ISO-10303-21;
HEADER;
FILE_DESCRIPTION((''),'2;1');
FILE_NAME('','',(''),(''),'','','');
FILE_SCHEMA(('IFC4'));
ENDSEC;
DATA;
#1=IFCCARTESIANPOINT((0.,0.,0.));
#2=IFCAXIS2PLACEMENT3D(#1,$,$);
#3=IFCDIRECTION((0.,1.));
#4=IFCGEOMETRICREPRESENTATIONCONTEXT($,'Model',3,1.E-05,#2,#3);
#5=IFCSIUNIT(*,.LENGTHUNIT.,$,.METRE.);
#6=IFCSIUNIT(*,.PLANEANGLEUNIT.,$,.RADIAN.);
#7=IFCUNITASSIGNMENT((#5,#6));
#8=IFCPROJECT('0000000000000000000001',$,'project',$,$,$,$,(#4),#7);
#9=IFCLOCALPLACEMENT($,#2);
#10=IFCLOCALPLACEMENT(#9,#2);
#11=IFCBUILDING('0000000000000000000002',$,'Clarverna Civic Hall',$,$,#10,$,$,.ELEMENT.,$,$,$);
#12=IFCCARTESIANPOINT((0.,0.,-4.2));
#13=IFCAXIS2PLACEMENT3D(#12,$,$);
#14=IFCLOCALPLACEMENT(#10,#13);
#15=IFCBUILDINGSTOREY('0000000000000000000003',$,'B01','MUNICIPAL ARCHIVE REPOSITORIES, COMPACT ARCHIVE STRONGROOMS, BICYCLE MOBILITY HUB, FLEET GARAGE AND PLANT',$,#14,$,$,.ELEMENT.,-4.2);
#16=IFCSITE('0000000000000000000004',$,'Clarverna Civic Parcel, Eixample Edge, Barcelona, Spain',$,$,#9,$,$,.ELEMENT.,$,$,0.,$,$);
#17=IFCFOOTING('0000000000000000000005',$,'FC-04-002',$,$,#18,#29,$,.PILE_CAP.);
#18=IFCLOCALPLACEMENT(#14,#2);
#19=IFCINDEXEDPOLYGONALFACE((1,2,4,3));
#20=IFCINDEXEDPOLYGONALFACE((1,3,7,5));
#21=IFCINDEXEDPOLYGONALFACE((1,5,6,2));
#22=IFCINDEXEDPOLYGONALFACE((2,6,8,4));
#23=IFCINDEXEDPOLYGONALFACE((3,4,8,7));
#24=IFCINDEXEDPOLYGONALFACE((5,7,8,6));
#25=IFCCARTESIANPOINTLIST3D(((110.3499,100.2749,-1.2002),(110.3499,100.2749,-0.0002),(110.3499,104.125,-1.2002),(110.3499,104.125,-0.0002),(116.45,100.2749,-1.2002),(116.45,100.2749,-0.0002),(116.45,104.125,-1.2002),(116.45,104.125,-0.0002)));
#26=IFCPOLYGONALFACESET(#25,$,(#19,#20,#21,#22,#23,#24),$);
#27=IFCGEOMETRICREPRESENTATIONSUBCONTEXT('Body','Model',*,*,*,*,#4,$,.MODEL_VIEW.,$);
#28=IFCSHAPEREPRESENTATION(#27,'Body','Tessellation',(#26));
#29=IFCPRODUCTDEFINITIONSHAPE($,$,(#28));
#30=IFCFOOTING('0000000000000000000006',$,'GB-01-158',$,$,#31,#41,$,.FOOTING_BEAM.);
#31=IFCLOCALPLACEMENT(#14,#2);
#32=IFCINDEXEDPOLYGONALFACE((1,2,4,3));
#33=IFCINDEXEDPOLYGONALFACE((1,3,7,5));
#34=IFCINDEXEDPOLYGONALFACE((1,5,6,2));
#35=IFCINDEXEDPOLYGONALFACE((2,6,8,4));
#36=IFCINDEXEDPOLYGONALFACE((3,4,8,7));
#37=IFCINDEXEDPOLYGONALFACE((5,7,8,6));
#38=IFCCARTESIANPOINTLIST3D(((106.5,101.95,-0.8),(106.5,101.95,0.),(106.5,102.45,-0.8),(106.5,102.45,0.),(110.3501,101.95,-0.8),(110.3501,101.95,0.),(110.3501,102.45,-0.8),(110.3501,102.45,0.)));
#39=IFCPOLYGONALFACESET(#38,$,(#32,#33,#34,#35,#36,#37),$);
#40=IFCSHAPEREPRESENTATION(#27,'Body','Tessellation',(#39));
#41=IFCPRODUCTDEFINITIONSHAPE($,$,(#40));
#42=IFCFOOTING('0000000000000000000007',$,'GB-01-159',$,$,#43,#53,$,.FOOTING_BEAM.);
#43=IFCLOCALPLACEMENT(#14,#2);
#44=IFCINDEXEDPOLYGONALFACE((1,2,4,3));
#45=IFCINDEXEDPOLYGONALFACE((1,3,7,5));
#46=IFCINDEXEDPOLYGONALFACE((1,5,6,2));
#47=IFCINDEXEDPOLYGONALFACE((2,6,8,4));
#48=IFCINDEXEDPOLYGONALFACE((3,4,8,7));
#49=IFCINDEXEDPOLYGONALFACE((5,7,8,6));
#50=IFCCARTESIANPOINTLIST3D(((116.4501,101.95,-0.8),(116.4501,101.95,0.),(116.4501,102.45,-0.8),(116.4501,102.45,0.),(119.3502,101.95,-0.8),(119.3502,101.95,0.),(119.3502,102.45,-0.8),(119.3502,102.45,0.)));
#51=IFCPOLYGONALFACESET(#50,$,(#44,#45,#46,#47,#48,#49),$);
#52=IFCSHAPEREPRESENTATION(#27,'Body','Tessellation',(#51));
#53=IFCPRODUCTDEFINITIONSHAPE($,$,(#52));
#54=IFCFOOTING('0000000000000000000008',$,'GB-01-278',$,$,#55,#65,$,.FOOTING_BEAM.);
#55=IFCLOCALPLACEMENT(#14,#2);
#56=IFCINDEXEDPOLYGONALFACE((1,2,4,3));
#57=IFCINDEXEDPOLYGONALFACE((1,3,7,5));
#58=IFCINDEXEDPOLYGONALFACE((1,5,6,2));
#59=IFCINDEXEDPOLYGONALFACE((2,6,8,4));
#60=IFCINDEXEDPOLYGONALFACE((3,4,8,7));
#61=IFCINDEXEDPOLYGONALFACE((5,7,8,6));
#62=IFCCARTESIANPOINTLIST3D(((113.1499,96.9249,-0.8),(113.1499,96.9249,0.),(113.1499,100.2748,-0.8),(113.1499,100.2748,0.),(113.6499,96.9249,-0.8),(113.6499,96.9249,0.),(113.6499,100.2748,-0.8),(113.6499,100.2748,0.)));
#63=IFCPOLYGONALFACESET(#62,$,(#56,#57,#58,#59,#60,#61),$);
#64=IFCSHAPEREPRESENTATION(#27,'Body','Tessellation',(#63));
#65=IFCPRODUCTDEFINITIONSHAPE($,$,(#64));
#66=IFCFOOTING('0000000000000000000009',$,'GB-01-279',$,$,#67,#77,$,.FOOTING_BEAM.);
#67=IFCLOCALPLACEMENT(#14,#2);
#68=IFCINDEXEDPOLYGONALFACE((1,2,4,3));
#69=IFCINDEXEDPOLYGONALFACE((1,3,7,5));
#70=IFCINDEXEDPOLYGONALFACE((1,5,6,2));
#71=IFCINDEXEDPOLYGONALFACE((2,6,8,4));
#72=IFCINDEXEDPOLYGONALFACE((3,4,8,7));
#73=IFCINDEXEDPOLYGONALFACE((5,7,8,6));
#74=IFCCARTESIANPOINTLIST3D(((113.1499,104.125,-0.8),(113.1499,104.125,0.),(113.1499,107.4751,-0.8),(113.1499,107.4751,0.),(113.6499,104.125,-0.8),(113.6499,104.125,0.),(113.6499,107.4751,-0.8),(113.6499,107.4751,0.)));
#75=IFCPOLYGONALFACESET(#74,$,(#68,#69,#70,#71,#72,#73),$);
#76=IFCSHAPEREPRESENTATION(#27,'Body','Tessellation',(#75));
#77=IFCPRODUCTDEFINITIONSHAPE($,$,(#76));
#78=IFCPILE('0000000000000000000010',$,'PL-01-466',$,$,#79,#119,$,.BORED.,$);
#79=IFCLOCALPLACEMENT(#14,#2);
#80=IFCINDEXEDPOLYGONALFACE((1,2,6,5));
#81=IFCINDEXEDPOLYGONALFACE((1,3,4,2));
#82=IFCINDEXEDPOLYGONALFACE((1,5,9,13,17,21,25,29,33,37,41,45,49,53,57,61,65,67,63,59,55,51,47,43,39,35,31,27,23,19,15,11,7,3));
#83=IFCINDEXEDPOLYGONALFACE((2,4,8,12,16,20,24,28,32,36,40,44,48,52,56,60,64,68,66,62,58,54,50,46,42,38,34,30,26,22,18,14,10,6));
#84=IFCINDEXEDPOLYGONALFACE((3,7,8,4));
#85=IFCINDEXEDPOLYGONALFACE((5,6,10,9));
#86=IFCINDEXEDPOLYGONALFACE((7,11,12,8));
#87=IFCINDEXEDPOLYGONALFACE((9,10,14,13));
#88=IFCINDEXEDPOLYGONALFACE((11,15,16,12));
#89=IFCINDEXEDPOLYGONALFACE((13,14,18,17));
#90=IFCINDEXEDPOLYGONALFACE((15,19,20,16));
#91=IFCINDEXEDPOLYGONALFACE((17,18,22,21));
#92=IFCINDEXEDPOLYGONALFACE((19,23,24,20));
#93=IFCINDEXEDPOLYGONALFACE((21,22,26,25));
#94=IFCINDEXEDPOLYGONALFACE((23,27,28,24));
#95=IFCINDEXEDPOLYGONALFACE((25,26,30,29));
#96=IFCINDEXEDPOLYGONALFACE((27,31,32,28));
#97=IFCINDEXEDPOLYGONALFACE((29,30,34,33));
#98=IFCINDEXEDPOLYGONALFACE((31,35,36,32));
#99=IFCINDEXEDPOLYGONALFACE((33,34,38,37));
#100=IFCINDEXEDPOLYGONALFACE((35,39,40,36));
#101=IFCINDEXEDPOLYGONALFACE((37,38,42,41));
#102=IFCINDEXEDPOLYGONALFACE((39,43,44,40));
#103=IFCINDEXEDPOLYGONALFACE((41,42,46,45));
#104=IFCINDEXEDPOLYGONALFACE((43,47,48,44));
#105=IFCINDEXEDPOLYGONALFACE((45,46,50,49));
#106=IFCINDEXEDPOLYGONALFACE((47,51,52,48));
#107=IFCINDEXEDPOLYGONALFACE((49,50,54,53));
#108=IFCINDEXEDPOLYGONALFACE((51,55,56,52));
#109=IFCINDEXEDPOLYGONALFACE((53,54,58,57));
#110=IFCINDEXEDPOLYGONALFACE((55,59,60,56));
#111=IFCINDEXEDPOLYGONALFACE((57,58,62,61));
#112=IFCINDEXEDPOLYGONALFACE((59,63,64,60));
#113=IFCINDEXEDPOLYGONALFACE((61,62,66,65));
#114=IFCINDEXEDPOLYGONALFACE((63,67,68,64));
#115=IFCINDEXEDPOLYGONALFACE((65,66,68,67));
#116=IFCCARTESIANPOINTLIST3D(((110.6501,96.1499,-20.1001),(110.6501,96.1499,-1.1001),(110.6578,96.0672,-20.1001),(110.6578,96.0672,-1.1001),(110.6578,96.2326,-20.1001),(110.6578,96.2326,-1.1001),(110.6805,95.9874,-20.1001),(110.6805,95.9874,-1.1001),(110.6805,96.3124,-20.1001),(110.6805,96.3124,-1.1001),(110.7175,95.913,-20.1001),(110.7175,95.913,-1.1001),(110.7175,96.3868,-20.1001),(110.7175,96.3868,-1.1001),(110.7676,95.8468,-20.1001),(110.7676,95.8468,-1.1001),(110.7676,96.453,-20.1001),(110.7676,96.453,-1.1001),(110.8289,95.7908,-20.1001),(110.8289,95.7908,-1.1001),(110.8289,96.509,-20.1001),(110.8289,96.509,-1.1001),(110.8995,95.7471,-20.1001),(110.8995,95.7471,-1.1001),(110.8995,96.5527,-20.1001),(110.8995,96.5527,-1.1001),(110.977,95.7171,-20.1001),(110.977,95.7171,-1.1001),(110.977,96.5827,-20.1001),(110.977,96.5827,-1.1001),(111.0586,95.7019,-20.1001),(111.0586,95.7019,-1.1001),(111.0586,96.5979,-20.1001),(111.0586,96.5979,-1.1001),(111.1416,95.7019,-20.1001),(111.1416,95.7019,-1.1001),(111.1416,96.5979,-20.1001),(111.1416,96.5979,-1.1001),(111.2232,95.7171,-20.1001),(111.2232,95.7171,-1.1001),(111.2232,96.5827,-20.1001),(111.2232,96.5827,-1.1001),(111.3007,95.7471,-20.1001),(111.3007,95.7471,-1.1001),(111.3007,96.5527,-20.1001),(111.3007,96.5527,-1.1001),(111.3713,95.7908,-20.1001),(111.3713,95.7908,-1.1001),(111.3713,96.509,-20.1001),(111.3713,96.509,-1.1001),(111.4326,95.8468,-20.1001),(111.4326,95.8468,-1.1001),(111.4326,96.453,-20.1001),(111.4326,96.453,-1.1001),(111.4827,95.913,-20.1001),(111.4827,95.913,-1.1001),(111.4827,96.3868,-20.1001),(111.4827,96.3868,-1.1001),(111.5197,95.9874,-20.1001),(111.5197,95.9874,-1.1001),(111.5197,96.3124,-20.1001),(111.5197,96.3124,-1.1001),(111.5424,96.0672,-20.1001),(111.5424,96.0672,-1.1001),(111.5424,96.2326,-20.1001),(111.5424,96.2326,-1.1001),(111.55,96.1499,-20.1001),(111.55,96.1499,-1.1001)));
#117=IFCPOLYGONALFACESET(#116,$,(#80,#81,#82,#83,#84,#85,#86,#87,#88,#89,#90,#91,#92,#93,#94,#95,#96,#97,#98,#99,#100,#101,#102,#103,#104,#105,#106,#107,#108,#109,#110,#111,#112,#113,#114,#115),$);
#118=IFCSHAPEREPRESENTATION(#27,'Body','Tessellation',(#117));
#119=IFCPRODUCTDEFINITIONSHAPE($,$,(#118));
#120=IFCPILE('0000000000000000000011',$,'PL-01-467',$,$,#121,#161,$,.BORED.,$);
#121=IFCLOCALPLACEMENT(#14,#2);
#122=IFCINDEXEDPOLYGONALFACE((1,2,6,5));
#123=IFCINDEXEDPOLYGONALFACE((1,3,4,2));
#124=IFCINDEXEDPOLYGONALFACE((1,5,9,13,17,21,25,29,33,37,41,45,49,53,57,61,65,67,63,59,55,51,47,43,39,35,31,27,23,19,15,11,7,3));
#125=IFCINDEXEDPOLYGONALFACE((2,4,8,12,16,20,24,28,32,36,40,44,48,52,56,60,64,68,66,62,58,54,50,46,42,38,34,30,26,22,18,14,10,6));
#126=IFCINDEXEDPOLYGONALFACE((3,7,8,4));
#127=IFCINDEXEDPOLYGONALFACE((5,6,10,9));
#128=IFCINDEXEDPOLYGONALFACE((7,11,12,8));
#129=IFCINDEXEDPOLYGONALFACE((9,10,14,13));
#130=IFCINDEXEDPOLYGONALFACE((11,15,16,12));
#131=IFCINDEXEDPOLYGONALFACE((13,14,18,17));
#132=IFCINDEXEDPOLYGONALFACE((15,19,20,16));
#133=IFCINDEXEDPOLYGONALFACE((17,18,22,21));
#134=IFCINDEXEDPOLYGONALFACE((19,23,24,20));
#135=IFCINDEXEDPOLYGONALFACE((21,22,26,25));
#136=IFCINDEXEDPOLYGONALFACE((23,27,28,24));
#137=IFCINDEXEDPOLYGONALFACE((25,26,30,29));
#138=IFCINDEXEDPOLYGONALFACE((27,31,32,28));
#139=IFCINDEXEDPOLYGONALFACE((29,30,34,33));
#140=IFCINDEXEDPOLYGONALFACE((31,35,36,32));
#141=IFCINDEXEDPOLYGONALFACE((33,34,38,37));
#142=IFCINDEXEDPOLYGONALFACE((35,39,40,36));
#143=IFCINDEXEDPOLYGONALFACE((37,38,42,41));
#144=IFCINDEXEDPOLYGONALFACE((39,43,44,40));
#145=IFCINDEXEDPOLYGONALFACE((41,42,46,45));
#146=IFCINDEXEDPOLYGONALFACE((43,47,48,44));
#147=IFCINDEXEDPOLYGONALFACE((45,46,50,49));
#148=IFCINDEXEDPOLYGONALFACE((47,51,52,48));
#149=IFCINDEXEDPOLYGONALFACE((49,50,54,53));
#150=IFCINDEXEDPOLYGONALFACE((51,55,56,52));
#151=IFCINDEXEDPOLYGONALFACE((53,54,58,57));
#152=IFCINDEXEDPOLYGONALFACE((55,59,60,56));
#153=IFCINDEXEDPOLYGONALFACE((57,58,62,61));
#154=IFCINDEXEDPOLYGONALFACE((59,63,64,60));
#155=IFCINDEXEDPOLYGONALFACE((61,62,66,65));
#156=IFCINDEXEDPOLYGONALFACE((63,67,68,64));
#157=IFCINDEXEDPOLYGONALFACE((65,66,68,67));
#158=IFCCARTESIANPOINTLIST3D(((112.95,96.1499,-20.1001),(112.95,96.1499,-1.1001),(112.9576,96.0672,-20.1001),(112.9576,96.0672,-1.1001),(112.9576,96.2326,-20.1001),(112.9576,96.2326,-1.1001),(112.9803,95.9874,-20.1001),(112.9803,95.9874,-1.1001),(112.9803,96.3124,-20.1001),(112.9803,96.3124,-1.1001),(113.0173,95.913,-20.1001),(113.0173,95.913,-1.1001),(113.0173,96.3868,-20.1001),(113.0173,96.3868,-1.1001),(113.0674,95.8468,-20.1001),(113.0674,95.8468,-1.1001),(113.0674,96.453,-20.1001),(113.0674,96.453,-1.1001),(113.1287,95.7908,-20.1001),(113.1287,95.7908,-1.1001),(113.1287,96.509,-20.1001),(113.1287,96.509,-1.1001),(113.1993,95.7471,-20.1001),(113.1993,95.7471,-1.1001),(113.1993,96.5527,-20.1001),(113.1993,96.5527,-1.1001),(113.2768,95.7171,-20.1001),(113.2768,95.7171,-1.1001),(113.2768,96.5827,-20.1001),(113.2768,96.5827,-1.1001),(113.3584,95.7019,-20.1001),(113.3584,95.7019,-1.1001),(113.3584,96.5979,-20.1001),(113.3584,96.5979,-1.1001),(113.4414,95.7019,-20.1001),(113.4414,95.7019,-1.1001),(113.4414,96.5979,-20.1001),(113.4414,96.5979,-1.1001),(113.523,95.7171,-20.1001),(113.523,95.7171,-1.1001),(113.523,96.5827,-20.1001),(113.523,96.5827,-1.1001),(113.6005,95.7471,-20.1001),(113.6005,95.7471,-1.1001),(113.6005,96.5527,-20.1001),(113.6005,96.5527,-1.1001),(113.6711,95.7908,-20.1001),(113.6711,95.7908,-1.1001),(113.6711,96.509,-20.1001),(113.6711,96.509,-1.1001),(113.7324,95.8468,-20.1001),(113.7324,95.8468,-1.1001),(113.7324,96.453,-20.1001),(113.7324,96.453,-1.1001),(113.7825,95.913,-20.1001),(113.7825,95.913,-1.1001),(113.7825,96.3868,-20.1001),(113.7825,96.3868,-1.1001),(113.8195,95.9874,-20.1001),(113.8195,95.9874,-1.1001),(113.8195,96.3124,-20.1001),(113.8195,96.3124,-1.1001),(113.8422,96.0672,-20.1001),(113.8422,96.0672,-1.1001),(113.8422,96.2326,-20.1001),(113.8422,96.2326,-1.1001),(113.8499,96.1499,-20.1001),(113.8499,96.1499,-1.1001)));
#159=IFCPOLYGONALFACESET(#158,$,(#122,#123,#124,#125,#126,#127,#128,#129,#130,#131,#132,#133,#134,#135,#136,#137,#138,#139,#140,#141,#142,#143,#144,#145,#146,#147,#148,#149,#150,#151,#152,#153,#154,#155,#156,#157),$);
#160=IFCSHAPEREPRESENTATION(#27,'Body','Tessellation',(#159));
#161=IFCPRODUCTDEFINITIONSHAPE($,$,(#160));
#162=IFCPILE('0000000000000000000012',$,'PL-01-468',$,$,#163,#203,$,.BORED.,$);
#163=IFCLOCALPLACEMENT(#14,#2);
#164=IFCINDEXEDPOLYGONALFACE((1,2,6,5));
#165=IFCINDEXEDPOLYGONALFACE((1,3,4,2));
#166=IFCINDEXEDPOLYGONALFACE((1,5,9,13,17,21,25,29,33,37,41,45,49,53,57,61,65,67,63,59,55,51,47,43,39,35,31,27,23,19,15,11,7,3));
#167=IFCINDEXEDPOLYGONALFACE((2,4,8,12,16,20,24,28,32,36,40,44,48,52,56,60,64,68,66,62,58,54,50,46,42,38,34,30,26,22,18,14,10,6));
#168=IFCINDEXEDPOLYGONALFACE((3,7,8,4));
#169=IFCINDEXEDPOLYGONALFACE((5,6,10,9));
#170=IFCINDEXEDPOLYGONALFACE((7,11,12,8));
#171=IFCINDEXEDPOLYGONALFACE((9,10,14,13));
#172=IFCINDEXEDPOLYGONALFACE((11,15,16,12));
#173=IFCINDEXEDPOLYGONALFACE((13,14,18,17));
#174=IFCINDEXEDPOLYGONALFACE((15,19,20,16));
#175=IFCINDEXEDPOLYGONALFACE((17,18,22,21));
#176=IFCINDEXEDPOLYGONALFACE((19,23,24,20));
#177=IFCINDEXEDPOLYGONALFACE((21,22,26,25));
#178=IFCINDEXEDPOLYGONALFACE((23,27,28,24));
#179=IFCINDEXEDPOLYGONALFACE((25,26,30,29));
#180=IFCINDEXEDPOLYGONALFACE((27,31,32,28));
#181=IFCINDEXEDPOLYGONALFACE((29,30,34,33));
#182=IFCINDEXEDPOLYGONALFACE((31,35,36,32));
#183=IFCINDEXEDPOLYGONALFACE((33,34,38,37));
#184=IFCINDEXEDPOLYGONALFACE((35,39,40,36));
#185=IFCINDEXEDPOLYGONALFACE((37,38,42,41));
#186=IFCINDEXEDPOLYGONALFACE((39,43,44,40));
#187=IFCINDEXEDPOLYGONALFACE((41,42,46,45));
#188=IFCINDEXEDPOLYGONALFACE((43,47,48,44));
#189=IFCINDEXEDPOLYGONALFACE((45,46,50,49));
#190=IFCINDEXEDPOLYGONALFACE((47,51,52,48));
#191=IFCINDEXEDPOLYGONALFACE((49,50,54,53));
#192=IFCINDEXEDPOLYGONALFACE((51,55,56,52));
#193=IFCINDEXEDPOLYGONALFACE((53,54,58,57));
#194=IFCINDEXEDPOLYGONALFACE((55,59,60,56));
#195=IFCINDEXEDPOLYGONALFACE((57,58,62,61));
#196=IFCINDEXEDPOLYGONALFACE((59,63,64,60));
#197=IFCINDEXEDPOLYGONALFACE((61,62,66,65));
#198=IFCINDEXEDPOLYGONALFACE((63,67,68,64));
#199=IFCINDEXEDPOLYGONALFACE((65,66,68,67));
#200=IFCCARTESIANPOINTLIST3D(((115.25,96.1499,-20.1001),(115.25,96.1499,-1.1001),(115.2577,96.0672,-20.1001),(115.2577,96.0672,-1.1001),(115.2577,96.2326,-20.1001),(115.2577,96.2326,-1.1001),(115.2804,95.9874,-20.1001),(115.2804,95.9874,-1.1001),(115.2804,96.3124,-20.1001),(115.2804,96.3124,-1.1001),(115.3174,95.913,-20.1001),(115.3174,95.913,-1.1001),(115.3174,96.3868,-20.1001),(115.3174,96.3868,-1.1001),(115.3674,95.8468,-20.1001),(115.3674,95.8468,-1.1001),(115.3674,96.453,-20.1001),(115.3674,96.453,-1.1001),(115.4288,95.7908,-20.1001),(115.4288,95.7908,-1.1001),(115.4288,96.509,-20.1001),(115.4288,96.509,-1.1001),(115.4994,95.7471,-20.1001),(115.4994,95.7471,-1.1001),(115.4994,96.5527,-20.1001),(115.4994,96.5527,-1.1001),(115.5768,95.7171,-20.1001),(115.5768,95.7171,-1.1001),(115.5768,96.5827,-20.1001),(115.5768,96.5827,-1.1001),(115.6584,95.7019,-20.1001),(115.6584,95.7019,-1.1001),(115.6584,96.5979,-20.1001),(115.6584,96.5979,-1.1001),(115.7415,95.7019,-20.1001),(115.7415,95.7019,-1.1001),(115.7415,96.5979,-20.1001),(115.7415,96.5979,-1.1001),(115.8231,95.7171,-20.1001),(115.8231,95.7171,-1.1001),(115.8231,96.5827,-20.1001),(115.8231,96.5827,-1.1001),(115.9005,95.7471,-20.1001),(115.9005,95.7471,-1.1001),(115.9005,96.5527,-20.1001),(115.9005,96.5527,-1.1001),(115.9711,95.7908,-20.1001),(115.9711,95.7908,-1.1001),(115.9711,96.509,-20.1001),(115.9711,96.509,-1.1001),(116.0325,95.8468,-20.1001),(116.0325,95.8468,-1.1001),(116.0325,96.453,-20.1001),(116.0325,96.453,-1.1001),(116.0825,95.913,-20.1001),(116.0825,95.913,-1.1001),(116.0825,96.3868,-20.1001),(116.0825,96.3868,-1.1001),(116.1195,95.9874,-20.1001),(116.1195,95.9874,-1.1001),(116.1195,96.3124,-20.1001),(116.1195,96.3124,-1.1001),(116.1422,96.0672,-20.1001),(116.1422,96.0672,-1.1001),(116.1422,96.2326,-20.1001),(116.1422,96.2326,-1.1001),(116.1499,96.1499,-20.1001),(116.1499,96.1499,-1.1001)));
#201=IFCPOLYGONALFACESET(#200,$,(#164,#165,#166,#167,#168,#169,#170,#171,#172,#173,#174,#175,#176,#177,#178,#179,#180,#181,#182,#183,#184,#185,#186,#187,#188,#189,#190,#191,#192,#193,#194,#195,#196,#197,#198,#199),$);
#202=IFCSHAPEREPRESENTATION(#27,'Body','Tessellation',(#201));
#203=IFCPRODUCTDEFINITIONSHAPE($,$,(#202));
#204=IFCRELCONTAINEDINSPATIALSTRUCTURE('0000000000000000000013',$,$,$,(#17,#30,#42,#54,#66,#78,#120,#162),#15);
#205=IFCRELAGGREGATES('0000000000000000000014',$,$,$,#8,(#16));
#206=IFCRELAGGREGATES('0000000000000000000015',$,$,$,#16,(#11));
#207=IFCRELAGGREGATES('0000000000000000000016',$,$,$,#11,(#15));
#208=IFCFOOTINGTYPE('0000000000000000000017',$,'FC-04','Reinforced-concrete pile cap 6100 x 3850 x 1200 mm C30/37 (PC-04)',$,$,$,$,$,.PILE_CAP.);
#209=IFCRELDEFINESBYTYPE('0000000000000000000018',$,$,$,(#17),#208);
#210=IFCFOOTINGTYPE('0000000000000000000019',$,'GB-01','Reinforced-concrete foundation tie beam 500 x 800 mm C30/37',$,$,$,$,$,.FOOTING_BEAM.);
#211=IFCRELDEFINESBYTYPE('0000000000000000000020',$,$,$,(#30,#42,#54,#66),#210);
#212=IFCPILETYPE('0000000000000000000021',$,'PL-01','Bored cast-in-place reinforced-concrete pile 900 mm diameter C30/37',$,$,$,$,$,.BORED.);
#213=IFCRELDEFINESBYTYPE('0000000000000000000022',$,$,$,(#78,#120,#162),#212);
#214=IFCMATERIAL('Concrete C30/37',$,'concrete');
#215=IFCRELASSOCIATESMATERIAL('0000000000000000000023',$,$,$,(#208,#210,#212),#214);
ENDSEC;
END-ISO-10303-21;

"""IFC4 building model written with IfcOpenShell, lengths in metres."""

from ifc_helpers import new_model, si_unit, direction, frame, frame_2d, origin, origin_2d, place, context, subcontext, project, spatial, rectangle, circle, extrude, material, material_profile, profile_set, type_object, element, save


model = new_model("IFC4")

# Units and contexts
model_context = context("Model", 3, precision=1e-05, world=origin(), true_north=direction((0.0, 1.0)))
body_context = subcontext(model_context, "Body", "Model", "MODEL_VIEW")
ifc_project = project(units=[si_unit("LENGTHUNIT", "METRE"), si_unit("PLANEANGLEUNIT", "RADIAN")], contexts=[model_context])

# Site, building, storey
site_placement = place(None, origin())
site = spatial("IfcSite", under=ifc_project, at=site_placement, Name="Clarverna Civic Parcel, Eixample Edge, Barcelona, Spain", CompositionType="ELEMENT", RefElevation=0.0)
building_placement = place(site_placement, origin())
building = spatial("IfcBuilding", under=site, at=building_placement, Name="Clarverna Civic Hall", CompositionType="ELEMENT")
storey_placement = place(building_placement, frame((0.0, 0.0, -4.2)))
storey = spatial("IfcBuildingStorey", under=building, at=storey_placement, Name="B01", Description="MUNICIPAL ARCHIVE REPOSITORIES, COMPACT ARCHIVE STRONGROOMS, BICYCLE MOBILITY HUB, FLEET GARAGE AND PLANT", CompositionType="ELEMENT", Elevation=-4.2)

# Footings
ifc_material_1 = material(Name="Concrete C30/37", Category="concrete")
footing_type_1 = type_object("IfcFootingType", Name="FC-04", Description="Reinforced-concrete pile cap 6100 x 3850 x 1200 mm C30/37 (PC-04)", PredefinedType="PILE_CAP", material=ifc_material_1)
footing_1_placement = place(storey_placement, frame((113.3999, 102.2, -1.2002), z_axis=(0.0, 0.0, 1.0), x_axis=(1.0, 0.0, 0.0)))
element("IfcFooting", 1, at=footing_1_placement, inside=storey, type_object=footing_type_1, Name="FC-04-002", PredefinedType="PILE_CAP", context=body_context, shape_type="SweptSolid", body=[
    extrude(rectangle(XDim=6.1001, YDim=3.8501, at=origin_2d()), origin(), (0.0, 0.0, 1.0), 1.2),
])
footing_type_2 = type_object("IfcFootingType", Name="GB-01", Description="Reinforced-concrete foundation tie beam 500 x 800 mm C30/37", PredefinedType="FOOTING_BEAM", material=ifc_material_1)
footing_2_placement = place(storey_placement, frame((106.5, 102.2, -0.8), z_axis=(0.0, 0.0, 1.0), x_axis=(1.0, 0.0, 0.0)))
element("IfcFooting", 2, at=footing_2_placement, inside=storey, type_object=footing_type_2, Name="GB-01-158", PredefinedType="FOOTING_BEAM", context=body_context, shape_type="SweptSolid", body=[
    extrude(rectangle(XDim=3.8501, YDim=0.5, at=frame_2d((1.925, 0.0))), origin(), (0.0, 0.0, 1.0), 0.8),
])
footing_3_placement = place(storey_placement, frame((116.45, 102.2, -0.8), z_axis=(0.0, 0.0, 1.0), x_axis=(1.0, 0.0, 0.0)))
element("IfcFooting", 3, at=footing_3_placement, inside=storey, type_object=footing_type_2, Name="GB-01-159", PredefinedType="FOOTING_BEAM", context=body_context, shape_type="SweptSolid", body=[
    extrude(rectangle(XDim=2.9001, YDim=0.5, at=frame_2d((1.4502, 0.0))), origin(), (0.0, 0.0, 1.0), 0.8),
])
footing_4_placement = place(storey_placement, frame((113.3999, 96.925, -0.8), z_axis=(0.0, 0.0, 1.0), x_axis=(0.0, 1.0, 0.0)))
element("IfcFooting", 4, at=footing_4_placement, inside=storey, type_object=footing_type_2, Name="GB-01-278", PredefinedType="FOOTING_BEAM", context=body_context, shape_type="SweptSolid", body=[
    extrude(rectangle(XDim=3.3499, YDim=0.5, at=frame_2d((1.6748, 0.0))), origin(), (0.0, 0.0, 1.0), 0.8),
])
footing_5_placement = place(storey_placement, frame((113.3999, 104.125, -0.8), z_axis=(0.0, 0.0, 1.0), x_axis=(0.0, 1.0, 0.0)))
element("IfcFooting", 5, at=footing_5_placement, inside=storey, type_object=footing_type_2, Name="GB-01-279", PredefinedType="FOOTING_BEAM", context=body_context, shape_type="SweptSolid", body=[
    extrude(rectangle(XDim=3.3501, YDim=0.5, at=frame_2d((1.675, 0.0))), origin(), (0.0, 0.0, 1.0), 0.8),
])

# Piles
ifc_material_profile_1 = material_profile(ifc_material_1, circle(Radius=0.45, at=origin_2d()), Name="BORED PILE D900")
ifc_profile_set_1 = profile_set([ifc_material_profile_1], Name="Concrete C30/37")
pile_type_1 = type_object("IfcPileType", Name="PL-01", Description="Bored cast-in-place reinforced-concrete pile 900 mm diameter C30/37", PredefinedType="BORED", material=ifc_profile_set_1)
for number, where, z_axis, x_axis, name in (
    (6, (111.1001, 96.1499, -1.1001), (0.0, 0.0, -1.0), (1.0, 0.0, 0.0), "PL-01-466"),
    (7, (113.3999, 96.1499, -1.1001), (0.0, 0.0, -1.0), (1.0, 0.0, 0.0), "PL-01-467"),
    (8, (115.7, 96.1499, -1.1001), (0.0, 0.0, -1.0), (1.0, 0.0, 0.0), "PL-01-468"),
):
    element("IfcPile", number, at=place(storey_placement, frame(where, z_axis=z_axis, x_axis=x_axis)), inside=storey, type_object=pile_type_1, Name=name, PredefinedType="BORED", context=body_context, shape_type="SweptSolid", body=[
        extrude(circle(Radius=0.45, at=origin_2d()), origin(), (0.0, 0.0, 1.0), 19.0),
    ])

save(model, "model.ifc")
